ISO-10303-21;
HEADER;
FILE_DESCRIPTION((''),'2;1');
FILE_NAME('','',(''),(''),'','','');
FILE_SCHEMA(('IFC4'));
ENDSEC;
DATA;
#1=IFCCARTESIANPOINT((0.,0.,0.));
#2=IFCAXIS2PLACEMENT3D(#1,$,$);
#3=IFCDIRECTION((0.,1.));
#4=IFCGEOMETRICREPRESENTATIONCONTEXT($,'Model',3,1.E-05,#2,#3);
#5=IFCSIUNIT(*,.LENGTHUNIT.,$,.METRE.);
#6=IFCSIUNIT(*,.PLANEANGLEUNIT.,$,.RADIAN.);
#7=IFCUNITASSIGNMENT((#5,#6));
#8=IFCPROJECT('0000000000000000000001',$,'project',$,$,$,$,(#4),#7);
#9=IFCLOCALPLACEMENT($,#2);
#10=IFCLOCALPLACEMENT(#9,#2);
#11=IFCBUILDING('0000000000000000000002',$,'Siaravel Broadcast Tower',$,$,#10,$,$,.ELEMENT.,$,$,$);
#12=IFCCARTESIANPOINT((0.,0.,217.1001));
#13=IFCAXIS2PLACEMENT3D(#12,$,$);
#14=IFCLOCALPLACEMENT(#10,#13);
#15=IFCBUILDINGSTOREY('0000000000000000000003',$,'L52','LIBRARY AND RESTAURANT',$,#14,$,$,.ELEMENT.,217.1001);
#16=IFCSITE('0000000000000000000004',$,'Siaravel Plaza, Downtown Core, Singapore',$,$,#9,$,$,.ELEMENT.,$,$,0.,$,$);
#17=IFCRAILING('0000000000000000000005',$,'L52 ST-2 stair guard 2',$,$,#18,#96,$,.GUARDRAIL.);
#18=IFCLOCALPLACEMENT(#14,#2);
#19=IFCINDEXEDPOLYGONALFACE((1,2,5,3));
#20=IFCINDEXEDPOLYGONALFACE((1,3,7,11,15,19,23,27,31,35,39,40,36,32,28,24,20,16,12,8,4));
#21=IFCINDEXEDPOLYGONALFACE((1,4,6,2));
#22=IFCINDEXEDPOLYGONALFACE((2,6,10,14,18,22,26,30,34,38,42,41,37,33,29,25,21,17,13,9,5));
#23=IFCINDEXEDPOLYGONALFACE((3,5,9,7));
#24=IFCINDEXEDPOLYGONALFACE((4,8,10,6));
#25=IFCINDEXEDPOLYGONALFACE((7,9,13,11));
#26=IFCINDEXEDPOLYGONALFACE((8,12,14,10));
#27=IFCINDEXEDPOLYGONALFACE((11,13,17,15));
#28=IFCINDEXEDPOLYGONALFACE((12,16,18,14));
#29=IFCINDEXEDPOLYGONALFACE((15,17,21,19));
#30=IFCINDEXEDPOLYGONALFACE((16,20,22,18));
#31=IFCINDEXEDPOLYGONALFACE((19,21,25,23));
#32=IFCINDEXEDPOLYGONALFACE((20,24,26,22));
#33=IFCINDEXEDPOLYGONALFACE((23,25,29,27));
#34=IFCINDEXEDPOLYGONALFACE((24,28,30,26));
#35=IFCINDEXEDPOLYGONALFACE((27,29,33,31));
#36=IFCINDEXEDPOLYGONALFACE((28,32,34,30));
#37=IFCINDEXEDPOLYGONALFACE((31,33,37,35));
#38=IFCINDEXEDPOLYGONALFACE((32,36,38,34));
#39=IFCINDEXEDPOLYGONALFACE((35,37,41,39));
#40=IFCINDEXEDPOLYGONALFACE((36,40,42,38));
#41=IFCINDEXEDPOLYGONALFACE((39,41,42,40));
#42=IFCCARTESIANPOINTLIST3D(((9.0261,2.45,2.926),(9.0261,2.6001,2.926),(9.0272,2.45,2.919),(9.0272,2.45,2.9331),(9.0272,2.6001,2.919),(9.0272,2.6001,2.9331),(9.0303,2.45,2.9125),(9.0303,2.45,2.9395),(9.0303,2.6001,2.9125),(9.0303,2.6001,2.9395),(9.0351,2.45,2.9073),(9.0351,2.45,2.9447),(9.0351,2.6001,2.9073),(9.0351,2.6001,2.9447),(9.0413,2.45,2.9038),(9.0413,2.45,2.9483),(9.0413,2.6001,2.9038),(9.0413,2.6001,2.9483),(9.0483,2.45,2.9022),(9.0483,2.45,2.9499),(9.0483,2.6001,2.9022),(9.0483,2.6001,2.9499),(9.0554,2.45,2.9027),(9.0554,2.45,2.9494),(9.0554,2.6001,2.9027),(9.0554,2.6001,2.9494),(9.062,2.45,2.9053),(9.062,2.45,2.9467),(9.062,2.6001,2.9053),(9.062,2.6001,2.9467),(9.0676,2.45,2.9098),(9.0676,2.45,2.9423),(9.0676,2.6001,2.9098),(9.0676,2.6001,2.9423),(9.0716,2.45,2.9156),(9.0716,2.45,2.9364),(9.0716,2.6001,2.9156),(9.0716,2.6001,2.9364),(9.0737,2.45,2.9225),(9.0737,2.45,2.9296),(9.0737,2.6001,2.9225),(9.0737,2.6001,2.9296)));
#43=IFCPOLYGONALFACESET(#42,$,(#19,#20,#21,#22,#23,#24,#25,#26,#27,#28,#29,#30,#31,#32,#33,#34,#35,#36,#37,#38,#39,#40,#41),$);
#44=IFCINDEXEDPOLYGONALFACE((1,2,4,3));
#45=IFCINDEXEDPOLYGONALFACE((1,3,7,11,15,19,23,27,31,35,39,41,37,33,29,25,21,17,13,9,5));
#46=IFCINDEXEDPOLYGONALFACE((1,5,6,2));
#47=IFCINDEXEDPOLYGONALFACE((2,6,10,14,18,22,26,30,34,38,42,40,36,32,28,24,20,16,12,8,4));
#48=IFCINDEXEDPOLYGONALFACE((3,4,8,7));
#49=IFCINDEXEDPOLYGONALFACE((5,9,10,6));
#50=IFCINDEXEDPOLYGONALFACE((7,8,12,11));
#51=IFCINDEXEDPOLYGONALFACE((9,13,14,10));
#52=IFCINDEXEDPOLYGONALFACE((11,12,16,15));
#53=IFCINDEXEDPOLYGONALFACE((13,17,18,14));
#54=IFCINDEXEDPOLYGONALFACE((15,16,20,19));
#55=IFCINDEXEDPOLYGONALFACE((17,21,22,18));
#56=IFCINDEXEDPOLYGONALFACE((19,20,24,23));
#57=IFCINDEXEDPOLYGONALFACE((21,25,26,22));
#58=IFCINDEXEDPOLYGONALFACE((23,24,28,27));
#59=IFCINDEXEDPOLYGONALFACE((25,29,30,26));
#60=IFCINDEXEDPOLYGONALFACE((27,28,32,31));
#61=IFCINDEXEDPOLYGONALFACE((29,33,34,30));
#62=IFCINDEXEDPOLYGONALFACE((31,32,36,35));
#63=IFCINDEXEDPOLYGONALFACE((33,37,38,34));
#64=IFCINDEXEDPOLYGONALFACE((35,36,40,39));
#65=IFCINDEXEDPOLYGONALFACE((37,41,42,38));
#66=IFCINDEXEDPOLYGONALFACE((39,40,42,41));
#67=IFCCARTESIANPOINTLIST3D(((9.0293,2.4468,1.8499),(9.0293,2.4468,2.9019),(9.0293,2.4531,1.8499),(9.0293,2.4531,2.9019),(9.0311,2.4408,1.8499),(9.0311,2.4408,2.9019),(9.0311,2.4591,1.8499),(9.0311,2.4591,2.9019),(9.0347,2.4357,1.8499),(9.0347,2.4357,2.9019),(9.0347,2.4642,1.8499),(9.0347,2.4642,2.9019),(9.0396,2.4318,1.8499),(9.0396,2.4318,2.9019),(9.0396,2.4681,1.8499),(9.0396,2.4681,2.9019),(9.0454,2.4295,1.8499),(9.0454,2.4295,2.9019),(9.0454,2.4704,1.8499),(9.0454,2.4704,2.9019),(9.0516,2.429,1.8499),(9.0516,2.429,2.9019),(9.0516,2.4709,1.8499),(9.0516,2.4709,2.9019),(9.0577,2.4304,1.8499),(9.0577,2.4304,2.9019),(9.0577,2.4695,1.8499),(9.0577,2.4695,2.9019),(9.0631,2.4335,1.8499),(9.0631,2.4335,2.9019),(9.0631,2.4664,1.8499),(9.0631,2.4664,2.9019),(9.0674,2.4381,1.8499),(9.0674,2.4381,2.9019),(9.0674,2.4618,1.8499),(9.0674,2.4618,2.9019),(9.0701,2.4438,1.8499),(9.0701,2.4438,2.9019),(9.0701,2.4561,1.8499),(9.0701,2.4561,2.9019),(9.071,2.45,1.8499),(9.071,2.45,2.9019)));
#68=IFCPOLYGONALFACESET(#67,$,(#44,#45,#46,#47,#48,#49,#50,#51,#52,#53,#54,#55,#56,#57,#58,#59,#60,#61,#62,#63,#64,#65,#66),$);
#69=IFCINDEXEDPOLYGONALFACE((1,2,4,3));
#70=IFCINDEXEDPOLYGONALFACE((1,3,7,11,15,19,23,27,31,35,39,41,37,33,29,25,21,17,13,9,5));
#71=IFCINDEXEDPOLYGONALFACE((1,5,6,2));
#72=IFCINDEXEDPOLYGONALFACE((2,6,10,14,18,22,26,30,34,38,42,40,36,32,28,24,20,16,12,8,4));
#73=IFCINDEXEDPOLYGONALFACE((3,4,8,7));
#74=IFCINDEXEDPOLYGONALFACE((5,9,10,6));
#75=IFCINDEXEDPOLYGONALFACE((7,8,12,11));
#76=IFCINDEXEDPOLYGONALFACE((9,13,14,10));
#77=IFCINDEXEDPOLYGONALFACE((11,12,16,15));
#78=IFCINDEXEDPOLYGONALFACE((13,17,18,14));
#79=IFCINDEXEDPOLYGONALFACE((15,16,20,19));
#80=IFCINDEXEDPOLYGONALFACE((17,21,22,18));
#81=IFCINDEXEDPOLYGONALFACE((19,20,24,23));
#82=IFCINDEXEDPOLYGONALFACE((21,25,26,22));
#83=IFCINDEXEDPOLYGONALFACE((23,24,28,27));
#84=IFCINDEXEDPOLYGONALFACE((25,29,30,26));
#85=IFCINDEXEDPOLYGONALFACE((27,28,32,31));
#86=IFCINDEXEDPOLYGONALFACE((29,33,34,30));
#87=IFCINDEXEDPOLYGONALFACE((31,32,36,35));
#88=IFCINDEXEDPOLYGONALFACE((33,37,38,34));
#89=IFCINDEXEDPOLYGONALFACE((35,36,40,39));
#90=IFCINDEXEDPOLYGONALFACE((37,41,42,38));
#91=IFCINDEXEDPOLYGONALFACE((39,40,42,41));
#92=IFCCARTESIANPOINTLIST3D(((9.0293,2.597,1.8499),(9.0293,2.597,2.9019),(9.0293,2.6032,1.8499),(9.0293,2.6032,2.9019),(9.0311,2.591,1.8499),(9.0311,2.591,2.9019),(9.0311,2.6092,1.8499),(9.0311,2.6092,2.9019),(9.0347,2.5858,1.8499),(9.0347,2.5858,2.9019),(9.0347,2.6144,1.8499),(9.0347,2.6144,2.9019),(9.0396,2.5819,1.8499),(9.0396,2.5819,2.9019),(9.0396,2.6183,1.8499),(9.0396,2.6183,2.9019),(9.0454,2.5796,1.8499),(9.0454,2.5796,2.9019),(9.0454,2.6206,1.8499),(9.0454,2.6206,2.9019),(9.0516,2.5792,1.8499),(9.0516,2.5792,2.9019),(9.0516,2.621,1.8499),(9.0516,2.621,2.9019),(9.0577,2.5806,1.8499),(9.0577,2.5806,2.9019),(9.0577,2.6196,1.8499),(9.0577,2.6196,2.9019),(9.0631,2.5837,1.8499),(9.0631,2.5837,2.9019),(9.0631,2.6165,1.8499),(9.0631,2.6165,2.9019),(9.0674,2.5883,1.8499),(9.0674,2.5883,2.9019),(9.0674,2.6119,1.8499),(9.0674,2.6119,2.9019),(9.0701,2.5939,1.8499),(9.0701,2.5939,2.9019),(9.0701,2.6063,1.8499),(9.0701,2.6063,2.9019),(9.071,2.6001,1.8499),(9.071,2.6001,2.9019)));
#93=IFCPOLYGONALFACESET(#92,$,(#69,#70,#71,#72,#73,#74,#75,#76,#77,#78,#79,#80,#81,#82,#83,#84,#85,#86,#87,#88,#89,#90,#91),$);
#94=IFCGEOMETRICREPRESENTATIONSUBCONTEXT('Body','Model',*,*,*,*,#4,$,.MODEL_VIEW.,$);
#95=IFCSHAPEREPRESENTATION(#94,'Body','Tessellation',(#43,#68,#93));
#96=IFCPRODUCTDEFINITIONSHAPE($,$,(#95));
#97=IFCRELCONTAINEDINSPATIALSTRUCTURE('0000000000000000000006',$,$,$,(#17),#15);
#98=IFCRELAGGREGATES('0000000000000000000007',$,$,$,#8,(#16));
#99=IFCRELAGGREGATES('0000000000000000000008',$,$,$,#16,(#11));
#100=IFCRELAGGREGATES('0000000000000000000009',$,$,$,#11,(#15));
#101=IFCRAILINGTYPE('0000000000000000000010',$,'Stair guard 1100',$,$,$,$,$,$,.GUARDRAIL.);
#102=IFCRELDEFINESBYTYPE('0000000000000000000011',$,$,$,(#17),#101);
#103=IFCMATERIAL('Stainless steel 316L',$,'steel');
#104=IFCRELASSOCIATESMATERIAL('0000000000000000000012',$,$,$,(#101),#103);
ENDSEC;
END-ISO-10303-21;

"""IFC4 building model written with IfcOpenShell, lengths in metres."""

from ifc_helpers import new_model, si_unit, direction, frame, origin, origin_2d, place, context, subcontext, project, spatial, circle, extrude, material, type_object, element, save


model = new_model("IFC4")

# Units and contexts
model_context = context("Model", 3, precision=1e-05, world=origin(), true_north=direction((0.0, 1.0)))
body_context = subcontext(model_context, "Body", "Model", "MODEL_VIEW")
ifc_project = project(units=[si_unit("LENGTHUNIT", "METRE"), si_unit("PLANEANGLEUNIT", "RADIAN")], contexts=[model_context])

# Site, building, storey
site_placement = place(None, origin())
site = spatial("IfcSite", under=ifc_project, at=site_placement, Name="Siaravel Plaza, Downtown Core, Singapore", CompositionType="ELEMENT", RefElevation=0.0)
building_placement = place(site_placement, origin())
building = spatial("IfcBuilding", under=site, at=building_placement, Name="Siaravel Broadcast Tower", CompositionType="ELEMENT")
storey_placement = place(building_placement, frame((0.0, 0.0, 217.1001)))
storey = spatial("IfcBuildingStorey", under=building, at=storey_placement, Name="L52", Description="LIBRARY AND RESTAURANT", CompositionType="ELEMENT", Elevation=217.1001)

# Railing
ifc_material_1 = material(Name="Stainless steel 316L", Category="steel")
railing_type_1 = type_object("IfcRailingType", Name="Stair guard 1100", PredefinedType="GUARDRAIL", material=ifc_material_1)
railing_1_placement = place(storey_placement, frame((9.05, 2.45, 1.8499)))
element("IfcRailing", 1, at=railing_1_placement, inside=storey, type_object=railing_type_1, Name="L52 ST-2 stair guard 2", PredefinedType="GUARDRAIL", context=body_context, shape_type="SweptSolid", body=[
    extrude(circle(Radius=0.0239, at=origin_2d()), frame((0.0, 0.0, 1.0762), z_axis=(0.0, 1.0, 0.0), x_axis=(-1.0, 0.0, 0.0)), (0.0, 0.0, 1.0), 0.1501),
    extrude(circle(Radius=0.021, at=origin_2d()), origin(), (0.0, 0.0, 1.0), 1.052),
    extrude(circle(Radius=0.021, at=origin_2d()), frame((0.0, 0.1501, 0.0)), (0.0, 0.0, 1.0), 1.052),
])

save(model, "model.ifc")
